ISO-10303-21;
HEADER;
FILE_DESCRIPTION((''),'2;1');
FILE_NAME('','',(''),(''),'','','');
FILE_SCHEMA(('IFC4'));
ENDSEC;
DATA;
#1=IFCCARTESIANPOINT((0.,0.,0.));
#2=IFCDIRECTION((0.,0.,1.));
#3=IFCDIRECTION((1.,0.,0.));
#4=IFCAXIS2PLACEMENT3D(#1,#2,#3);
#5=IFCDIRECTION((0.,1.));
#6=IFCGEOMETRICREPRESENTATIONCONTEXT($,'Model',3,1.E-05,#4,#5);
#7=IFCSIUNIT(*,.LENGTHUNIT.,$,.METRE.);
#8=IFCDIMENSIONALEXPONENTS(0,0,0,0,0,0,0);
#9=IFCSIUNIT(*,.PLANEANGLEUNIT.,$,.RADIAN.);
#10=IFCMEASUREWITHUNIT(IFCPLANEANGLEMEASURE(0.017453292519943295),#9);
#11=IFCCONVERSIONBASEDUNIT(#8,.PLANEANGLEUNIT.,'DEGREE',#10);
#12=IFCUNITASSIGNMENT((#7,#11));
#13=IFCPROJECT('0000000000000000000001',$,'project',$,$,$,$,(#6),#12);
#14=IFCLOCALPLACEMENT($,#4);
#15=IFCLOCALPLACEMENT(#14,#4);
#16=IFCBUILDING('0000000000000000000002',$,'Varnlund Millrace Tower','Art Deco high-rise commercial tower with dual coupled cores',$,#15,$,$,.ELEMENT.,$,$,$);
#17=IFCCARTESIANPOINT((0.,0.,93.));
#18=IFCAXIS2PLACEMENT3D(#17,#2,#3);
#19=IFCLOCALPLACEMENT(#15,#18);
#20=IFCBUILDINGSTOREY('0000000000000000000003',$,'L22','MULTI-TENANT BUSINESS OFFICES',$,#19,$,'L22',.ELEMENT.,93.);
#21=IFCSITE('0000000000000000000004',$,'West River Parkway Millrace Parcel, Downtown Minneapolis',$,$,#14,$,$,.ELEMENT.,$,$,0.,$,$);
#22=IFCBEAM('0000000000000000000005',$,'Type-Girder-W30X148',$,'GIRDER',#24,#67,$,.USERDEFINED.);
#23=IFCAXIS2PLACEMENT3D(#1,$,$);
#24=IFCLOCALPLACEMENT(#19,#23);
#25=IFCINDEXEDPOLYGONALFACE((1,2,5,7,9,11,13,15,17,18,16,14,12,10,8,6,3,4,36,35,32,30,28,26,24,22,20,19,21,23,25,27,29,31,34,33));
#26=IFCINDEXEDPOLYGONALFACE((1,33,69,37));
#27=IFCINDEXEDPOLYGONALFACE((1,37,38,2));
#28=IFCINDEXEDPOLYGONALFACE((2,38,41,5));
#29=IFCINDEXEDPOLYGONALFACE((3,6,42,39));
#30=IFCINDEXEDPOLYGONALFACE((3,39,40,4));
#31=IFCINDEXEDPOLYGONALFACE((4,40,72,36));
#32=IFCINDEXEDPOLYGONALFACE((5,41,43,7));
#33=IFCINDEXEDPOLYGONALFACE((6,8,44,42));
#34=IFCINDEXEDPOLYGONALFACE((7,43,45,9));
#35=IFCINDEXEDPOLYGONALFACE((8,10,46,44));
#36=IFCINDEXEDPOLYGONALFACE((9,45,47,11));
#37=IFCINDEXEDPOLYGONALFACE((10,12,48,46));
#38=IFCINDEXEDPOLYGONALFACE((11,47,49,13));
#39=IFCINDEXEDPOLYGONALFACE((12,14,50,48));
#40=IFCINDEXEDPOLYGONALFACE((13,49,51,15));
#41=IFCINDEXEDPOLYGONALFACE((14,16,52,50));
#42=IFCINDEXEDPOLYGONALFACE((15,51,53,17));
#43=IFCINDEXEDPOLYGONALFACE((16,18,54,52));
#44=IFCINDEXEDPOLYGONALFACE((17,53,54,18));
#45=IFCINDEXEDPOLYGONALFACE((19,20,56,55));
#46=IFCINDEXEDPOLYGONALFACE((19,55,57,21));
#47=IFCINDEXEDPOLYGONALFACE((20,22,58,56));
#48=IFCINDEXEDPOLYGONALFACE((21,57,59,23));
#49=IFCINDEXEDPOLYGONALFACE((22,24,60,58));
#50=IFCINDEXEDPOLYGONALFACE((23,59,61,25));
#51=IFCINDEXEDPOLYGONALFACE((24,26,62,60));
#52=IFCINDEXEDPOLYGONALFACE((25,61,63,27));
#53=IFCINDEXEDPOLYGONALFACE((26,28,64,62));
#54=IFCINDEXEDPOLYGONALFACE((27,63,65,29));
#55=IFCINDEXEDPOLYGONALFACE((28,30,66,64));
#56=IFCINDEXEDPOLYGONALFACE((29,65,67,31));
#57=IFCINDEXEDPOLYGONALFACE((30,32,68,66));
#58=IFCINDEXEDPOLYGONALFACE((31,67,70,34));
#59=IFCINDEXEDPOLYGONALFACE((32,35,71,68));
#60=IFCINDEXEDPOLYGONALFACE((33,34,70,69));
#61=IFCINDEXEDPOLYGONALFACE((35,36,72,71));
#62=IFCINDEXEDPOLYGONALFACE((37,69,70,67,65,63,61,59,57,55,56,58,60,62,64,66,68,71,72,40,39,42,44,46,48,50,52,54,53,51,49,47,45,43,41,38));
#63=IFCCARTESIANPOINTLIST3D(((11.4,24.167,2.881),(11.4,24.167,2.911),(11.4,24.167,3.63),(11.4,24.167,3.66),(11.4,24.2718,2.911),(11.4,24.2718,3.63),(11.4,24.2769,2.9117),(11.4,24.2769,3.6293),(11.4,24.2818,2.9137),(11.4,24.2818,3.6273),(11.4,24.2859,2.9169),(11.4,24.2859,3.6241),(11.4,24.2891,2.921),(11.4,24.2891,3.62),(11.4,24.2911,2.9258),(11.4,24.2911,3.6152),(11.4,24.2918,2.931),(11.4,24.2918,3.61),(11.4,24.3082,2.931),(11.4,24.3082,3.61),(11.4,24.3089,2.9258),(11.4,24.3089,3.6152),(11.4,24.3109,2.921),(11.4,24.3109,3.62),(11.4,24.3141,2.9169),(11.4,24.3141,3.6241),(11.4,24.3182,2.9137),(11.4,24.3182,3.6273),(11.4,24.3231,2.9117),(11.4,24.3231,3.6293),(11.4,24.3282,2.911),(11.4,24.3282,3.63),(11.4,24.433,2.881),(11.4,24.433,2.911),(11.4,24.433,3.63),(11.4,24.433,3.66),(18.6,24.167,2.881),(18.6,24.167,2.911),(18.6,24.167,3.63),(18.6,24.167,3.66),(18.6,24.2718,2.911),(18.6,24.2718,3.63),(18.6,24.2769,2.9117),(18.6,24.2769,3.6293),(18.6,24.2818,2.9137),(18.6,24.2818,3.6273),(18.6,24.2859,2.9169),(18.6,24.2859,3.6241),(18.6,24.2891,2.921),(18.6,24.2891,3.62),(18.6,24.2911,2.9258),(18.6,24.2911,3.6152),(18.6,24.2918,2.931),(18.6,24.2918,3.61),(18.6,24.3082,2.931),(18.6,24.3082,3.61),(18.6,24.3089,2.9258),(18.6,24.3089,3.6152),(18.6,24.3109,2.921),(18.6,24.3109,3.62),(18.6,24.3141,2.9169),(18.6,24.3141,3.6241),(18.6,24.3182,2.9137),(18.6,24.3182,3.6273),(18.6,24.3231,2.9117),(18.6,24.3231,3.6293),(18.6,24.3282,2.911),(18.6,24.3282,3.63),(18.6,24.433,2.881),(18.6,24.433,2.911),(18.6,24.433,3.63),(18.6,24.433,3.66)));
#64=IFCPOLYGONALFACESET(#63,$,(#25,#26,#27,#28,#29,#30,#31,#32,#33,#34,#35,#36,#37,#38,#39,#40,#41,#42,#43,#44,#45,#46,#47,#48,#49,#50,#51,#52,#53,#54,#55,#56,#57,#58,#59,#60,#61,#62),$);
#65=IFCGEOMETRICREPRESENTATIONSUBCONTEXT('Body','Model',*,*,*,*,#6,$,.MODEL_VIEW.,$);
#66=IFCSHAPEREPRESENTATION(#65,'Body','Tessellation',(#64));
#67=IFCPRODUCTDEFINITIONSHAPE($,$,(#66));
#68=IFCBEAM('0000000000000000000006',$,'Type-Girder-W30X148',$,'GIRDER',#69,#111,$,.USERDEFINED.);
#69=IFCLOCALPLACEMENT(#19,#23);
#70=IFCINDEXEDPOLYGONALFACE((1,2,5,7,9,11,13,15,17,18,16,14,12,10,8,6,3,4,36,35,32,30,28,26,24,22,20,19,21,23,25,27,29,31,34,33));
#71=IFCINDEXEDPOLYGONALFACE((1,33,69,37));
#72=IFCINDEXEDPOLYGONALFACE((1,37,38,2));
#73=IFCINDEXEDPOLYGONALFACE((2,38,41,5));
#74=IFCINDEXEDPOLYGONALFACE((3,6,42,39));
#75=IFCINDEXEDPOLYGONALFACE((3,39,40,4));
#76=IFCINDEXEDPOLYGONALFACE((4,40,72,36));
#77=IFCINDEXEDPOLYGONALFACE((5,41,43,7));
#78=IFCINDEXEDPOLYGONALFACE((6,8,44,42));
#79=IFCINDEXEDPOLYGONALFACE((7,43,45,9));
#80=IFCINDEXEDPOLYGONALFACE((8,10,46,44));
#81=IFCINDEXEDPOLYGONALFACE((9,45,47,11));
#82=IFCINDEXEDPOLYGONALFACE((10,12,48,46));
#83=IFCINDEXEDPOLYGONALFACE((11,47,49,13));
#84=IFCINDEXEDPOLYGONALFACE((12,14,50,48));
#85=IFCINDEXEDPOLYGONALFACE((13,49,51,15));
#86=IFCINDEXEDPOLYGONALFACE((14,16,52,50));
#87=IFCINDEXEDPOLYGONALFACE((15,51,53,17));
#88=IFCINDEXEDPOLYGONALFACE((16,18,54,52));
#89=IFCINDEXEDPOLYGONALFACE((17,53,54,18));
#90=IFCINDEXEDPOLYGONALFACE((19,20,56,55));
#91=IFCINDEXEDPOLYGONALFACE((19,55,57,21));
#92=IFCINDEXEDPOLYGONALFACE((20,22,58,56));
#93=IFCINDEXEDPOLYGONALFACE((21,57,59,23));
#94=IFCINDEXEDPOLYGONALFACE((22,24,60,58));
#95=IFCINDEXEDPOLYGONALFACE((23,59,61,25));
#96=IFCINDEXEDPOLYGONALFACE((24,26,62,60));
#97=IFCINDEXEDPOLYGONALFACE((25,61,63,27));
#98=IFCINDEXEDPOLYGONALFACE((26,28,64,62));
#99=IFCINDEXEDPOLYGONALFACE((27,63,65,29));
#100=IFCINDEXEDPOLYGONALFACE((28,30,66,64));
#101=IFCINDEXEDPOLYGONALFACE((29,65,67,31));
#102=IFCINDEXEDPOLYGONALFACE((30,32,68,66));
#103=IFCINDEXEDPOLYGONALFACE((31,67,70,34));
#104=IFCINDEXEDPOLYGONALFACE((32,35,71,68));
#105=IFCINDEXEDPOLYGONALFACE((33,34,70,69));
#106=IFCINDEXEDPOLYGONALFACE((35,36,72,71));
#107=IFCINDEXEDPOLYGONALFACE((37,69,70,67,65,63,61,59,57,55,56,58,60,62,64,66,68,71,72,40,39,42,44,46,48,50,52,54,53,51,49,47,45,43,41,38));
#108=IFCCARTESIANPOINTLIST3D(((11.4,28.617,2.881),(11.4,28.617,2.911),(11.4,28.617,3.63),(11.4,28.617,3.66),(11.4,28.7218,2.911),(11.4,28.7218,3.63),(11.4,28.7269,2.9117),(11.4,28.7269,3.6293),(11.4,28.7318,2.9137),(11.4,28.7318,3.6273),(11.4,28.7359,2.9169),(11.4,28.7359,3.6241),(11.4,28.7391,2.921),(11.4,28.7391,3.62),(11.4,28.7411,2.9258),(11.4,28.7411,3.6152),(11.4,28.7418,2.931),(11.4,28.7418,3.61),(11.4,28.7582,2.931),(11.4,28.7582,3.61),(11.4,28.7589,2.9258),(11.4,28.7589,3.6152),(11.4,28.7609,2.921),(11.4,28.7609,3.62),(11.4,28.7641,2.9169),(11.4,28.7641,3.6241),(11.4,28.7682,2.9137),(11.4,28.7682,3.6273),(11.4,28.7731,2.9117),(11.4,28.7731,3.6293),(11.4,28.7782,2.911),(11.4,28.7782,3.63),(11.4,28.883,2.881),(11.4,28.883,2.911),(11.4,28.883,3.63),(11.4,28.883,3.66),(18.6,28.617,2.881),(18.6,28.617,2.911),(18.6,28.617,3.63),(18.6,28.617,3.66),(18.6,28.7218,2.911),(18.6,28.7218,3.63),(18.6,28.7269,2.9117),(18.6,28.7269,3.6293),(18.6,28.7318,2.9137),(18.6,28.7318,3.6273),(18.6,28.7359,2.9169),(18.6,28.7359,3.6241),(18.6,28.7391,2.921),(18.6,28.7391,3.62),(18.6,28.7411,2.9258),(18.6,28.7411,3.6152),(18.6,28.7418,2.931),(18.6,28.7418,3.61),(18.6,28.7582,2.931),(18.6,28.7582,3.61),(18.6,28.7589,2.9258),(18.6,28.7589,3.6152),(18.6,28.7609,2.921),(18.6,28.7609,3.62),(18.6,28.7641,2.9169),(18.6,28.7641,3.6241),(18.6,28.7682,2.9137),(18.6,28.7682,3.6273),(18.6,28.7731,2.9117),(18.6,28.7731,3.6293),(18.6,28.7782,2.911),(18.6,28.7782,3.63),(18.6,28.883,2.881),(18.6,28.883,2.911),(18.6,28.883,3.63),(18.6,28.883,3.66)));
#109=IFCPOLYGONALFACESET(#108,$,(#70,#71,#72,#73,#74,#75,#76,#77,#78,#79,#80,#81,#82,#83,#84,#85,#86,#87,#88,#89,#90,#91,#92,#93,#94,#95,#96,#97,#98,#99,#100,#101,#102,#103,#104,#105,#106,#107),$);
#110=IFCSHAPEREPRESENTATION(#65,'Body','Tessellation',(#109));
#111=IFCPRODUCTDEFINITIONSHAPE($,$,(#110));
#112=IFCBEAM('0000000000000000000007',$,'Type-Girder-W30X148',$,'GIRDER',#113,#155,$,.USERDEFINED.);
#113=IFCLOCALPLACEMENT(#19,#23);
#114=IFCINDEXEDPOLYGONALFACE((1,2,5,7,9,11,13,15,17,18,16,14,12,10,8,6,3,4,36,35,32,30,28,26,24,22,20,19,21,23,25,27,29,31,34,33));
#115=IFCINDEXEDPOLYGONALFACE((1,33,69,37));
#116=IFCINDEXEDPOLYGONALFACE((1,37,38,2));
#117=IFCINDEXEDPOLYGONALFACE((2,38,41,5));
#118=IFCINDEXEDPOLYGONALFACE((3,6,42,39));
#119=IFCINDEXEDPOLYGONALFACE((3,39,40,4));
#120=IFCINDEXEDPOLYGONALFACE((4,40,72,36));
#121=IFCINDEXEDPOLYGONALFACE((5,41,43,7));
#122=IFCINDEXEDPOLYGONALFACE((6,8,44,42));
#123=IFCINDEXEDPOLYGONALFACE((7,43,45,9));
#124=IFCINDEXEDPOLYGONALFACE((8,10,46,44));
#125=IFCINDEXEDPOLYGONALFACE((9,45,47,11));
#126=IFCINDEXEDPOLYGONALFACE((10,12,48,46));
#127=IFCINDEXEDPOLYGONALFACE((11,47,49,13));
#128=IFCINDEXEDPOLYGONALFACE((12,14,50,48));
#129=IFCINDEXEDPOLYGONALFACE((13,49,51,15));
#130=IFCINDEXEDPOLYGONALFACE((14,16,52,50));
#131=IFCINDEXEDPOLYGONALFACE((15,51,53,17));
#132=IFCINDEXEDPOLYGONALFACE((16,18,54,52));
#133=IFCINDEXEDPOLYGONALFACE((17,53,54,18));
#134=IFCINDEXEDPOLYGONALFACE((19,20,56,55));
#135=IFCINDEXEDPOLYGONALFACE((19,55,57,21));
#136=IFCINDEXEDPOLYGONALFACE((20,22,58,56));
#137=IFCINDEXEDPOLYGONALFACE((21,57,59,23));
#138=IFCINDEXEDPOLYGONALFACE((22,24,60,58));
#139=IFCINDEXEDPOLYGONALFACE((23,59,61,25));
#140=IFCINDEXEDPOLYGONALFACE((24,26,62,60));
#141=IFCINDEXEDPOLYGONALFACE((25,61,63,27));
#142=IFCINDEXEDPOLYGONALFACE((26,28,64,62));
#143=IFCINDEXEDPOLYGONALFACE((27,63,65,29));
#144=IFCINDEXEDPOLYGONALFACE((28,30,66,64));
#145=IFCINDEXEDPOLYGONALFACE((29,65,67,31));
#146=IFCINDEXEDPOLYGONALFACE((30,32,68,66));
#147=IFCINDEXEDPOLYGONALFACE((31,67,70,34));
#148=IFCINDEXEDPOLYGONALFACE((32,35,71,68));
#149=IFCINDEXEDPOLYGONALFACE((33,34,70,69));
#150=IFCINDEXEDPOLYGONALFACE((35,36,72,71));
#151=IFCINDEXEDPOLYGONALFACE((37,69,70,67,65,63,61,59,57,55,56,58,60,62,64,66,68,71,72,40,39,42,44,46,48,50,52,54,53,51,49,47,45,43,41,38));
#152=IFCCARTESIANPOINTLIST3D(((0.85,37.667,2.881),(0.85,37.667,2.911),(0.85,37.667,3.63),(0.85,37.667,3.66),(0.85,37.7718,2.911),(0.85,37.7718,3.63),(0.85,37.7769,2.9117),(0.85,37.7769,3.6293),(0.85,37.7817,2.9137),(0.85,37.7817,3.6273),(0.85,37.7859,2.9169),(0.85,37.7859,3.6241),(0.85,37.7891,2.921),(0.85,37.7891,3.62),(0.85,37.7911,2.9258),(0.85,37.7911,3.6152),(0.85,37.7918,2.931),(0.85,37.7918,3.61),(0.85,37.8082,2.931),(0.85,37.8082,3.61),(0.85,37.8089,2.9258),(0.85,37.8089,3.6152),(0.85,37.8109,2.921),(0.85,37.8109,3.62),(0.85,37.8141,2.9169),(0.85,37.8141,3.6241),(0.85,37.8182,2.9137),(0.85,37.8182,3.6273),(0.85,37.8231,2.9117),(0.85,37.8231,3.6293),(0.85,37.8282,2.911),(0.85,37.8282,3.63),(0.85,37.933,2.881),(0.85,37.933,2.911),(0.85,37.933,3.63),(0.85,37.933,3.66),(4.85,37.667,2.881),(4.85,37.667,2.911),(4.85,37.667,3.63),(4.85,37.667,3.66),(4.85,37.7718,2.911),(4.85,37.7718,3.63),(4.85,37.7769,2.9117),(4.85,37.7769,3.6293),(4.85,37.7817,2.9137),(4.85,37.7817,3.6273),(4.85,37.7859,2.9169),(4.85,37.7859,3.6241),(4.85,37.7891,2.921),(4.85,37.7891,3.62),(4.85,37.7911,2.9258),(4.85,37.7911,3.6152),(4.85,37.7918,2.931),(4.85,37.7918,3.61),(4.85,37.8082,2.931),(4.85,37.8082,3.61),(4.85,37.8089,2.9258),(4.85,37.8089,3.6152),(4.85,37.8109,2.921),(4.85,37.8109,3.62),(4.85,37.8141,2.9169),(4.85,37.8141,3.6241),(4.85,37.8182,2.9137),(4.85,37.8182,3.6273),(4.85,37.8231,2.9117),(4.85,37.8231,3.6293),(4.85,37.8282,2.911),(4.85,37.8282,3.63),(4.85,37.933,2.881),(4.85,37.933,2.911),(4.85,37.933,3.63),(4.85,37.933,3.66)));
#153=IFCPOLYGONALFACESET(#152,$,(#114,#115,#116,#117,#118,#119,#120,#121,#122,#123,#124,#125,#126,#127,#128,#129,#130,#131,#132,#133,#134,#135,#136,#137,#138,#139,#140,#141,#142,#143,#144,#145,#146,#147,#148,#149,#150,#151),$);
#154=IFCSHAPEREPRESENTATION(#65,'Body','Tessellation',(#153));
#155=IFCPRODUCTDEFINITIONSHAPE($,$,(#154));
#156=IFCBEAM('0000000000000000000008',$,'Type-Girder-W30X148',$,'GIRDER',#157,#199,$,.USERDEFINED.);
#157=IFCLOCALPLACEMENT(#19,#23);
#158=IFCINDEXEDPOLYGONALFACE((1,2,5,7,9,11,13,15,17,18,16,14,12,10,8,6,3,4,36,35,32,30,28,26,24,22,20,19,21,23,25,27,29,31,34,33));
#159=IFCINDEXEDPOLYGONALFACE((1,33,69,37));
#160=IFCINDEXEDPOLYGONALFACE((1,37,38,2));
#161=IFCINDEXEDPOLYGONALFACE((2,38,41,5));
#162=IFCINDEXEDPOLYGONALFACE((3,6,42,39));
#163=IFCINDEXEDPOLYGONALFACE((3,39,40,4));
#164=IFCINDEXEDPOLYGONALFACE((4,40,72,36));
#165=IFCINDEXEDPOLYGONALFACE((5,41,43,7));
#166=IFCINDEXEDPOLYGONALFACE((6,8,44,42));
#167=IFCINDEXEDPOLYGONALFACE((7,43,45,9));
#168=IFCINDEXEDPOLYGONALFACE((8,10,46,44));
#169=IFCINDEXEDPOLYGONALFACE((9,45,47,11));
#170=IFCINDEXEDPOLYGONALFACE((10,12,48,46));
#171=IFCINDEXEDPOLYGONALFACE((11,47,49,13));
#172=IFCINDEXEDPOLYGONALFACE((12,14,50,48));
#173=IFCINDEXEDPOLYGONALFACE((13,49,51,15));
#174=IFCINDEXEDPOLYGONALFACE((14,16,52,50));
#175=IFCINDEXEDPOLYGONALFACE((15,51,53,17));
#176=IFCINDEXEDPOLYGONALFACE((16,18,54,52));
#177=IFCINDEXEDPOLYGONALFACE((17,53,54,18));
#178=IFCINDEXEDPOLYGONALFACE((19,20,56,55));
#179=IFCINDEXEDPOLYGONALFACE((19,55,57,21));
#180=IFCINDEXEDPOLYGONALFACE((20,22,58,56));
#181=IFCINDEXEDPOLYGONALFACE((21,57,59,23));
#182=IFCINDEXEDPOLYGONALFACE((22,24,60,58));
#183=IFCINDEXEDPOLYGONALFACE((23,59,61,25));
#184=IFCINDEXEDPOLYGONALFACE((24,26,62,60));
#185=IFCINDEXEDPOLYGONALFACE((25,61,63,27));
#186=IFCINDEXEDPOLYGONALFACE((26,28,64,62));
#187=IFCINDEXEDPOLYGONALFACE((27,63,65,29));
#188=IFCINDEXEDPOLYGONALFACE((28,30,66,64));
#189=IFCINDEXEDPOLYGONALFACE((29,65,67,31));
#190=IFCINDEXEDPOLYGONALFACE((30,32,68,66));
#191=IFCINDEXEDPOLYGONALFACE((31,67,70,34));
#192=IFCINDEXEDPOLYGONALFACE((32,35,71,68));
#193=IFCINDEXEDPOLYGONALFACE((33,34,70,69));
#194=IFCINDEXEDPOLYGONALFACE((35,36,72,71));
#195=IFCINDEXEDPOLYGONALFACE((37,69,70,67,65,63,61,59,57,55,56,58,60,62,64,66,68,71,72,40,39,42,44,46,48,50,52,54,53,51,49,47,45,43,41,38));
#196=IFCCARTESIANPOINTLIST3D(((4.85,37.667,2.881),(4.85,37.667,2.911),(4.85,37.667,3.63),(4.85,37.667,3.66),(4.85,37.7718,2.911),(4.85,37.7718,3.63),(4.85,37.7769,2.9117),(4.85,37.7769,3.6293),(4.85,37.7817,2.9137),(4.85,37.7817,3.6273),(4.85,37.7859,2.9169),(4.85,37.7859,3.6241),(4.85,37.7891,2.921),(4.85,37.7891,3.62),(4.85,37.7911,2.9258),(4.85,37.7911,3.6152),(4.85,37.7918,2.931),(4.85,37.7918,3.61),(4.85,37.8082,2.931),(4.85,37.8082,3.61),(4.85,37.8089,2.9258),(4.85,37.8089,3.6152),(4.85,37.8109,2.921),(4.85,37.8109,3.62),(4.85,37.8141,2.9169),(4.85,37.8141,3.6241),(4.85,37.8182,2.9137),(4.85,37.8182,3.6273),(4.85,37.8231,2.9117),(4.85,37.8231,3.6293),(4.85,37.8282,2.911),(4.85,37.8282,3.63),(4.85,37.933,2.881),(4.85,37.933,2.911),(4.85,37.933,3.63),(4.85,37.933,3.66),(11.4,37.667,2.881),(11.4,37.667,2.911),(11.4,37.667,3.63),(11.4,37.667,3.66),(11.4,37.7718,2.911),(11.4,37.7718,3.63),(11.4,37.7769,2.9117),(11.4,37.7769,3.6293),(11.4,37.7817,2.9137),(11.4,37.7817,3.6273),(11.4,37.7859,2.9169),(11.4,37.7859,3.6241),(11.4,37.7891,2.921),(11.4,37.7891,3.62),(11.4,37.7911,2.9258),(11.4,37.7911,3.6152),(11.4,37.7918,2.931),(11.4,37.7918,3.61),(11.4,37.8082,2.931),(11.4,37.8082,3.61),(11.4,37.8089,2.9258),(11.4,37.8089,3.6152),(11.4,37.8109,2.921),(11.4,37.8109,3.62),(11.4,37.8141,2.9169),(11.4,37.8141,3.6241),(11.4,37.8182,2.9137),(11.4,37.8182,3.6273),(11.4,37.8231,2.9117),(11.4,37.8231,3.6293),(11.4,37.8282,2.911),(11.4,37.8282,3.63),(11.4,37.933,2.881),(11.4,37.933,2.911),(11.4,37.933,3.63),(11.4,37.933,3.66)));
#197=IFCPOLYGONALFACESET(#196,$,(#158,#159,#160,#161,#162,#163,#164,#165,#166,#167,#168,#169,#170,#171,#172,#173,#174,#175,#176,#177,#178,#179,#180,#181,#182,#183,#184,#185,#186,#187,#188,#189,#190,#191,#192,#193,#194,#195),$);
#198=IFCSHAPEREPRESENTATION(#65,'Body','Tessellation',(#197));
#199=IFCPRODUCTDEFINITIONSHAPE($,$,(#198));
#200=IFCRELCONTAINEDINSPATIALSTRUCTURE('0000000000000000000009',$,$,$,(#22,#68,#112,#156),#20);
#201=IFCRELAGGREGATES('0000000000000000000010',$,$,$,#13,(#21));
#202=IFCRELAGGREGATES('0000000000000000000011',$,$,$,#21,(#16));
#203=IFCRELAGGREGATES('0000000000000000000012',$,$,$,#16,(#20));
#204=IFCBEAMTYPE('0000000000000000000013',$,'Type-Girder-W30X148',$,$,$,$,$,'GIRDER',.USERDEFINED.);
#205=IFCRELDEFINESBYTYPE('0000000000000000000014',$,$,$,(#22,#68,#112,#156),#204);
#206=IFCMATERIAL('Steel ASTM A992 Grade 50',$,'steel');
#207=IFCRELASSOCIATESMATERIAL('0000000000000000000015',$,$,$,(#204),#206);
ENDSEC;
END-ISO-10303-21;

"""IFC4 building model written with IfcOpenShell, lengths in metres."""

from ifc_helpers import new_model, entity, si_unit, converted_unit, direction, frame, origin_with_axes, origin_2d_with_axis, place, context, subcontext, project, spatial, i_section, extrude, material, material_profile, profile_set, type_object, element, save


model = new_model("IFC4")

# Units and contexts
model_context = context("Model", 3, precision=1e-05, world=origin_with_axes(), true_north=direction((0.0, 1.0)))
body_context = subcontext(model_context, "Body", "Model", "MODEL_VIEW")
ifc_project = project(units=[si_unit("LENGTHUNIT", "METRE"), converted_unit("PLANEANGLEUNIT", "DEGREE", entity("IfcPlaneAngleMeasure", 0.017453292519943295), si_unit("PLANEANGLEUNIT", "RADIAN"), dimensions=[0, 0, 0, 0, 0, 0, 0])], contexts=[model_context])

# Site, building, storey
site_placement = place(None, origin_with_axes())
site = spatial("IfcSite", under=ifc_project, at=site_placement, Name="West River Parkway Millrace Parcel, Downtown Minneapolis", CompositionType="ELEMENT", RefElevation=0.0)
building_placement = place(site_placement, origin_with_axes())
building = spatial("IfcBuilding", under=site, at=building_placement, Name="Varnlund Millrace Tower", Description="Art Deco high-rise commercial tower with dual coupled cores", CompositionType="ELEMENT")
storey_placement = place(building_placement, frame((0.0, 0.0, 93.0), z_axis=(0.0, 0.0, 1.0), x_axis=(1.0, 0.0, 0.0)))
storey = spatial("IfcBuildingStorey", under=building, at=storey_placement, Name="L22", Description="MULTI-TENANT BUSINESS OFFICES", LongName="L22", CompositionType="ELEMENT", Elevation=93.0)

# Beams
ifc_material_1 = material(Name="Steel ASTM A992 Grade 50", Category="steel")
ifc_material_profile_1 = material_profile(ifc_material_1, i_section(OverallWidth=0.266, OverallDepth=0.779, WebThickness=0.0165, FlangeThickness=0.03, FilletRadius=0.02, at=origin_2d_with_axis()), Name="Steel ASTM A992 Grade 50")
ifc_profile_set_1 = profile_set([ifc_material_profile_1], Name="Steel ASTM A992 Grade 50")
beam_type_1 = type_object("IfcBeamType", Name="Type-Girder-W30X148", ElementType="GIRDER", PredefinedType="USERDEFINED", material=ifc_profile_set_1)
for number, where, z_axis, x_axis, name in (
    (1, (11.4, 24.3, 3.2705), (1.0, 0.0, 0.0), (0.0, 1.0, 0.0), "Type-Girder-W30X148"),
    (2, (11.4, 28.75, 3.2705), (1.0, 0.0, 0.0), (0.0, 1.0, 0.0), "Type-Girder-W30X148"),
):
    element("IfcBeam", number, at=place(storey_placement, frame(where, z_axis=z_axis, x_axis=x_axis)), inside=storey, type_object=beam_type_1, Name=name, ObjectType="GIRDER", PredefinedType="USERDEFINED", context=body_context, shape_type="SweptSolid", body=[
        extrude(i_section(OverallWidth=0.266, OverallDepth=0.779, WebThickness=0.0165, FlangeThickness=0.03, FilletRadius=0.02, at=origin_2d_with_axis()), origin_with_axes(), (0.0, 0.0, 1.0), 7.2),
    ])
beam_1_placement = place(storey_placement, frame((0.85, 37.8, 3.2705), z_axis=(1.0, 0.0, 0.0), x_axis=(0.0, 1.0, 0.0)))
element("IfcBeam", 3, at=beam_1_placement, inside=storey, type_object=beam_type_1, Name="Type-Girder-W30X148", ObjectType="GIRDER", PredefinedType="USERDEFINED", context=body_context, shape_type="SweptSolid", body=[
    extrude(i_section(OverallWidth=0.266, OverallDepth=0.779, WebThickness=0.0165, FlangeThickness=0.03, FilletRadius=0.02, at=origin_2d_with_axis()), origin_with_axes(), (0.0, 0.0, 1.0), 4.0),
])
beam_2_placement = place(storey_placement, frame((4.85, 37.8, 3.2705), z_axis=(1.0, 0.0, 0.0), x_axis=(0.0, 1.0, 0.0)))
element("IfcBeam", 4, at=beam_2_placement, inside=storey, type_object=beam_type_1, Name="Type-Girder-W30X148", ObjectType="GIRDER", PredefinedType="USERDEFINED", context=body_context, shape_type="SweptSolid", body=[
    extrude(i_section(OverallWidth=0.266, OverallDepth=0.779, WebThickness=0.0165, FlangeThickness=0.03, FilletRadius=0.02, at=origin_2d_with_axis()), origin_with_axes(), (0.0, 0.0, 1.0), 6.55),
])

save(model, "model.ifc")
